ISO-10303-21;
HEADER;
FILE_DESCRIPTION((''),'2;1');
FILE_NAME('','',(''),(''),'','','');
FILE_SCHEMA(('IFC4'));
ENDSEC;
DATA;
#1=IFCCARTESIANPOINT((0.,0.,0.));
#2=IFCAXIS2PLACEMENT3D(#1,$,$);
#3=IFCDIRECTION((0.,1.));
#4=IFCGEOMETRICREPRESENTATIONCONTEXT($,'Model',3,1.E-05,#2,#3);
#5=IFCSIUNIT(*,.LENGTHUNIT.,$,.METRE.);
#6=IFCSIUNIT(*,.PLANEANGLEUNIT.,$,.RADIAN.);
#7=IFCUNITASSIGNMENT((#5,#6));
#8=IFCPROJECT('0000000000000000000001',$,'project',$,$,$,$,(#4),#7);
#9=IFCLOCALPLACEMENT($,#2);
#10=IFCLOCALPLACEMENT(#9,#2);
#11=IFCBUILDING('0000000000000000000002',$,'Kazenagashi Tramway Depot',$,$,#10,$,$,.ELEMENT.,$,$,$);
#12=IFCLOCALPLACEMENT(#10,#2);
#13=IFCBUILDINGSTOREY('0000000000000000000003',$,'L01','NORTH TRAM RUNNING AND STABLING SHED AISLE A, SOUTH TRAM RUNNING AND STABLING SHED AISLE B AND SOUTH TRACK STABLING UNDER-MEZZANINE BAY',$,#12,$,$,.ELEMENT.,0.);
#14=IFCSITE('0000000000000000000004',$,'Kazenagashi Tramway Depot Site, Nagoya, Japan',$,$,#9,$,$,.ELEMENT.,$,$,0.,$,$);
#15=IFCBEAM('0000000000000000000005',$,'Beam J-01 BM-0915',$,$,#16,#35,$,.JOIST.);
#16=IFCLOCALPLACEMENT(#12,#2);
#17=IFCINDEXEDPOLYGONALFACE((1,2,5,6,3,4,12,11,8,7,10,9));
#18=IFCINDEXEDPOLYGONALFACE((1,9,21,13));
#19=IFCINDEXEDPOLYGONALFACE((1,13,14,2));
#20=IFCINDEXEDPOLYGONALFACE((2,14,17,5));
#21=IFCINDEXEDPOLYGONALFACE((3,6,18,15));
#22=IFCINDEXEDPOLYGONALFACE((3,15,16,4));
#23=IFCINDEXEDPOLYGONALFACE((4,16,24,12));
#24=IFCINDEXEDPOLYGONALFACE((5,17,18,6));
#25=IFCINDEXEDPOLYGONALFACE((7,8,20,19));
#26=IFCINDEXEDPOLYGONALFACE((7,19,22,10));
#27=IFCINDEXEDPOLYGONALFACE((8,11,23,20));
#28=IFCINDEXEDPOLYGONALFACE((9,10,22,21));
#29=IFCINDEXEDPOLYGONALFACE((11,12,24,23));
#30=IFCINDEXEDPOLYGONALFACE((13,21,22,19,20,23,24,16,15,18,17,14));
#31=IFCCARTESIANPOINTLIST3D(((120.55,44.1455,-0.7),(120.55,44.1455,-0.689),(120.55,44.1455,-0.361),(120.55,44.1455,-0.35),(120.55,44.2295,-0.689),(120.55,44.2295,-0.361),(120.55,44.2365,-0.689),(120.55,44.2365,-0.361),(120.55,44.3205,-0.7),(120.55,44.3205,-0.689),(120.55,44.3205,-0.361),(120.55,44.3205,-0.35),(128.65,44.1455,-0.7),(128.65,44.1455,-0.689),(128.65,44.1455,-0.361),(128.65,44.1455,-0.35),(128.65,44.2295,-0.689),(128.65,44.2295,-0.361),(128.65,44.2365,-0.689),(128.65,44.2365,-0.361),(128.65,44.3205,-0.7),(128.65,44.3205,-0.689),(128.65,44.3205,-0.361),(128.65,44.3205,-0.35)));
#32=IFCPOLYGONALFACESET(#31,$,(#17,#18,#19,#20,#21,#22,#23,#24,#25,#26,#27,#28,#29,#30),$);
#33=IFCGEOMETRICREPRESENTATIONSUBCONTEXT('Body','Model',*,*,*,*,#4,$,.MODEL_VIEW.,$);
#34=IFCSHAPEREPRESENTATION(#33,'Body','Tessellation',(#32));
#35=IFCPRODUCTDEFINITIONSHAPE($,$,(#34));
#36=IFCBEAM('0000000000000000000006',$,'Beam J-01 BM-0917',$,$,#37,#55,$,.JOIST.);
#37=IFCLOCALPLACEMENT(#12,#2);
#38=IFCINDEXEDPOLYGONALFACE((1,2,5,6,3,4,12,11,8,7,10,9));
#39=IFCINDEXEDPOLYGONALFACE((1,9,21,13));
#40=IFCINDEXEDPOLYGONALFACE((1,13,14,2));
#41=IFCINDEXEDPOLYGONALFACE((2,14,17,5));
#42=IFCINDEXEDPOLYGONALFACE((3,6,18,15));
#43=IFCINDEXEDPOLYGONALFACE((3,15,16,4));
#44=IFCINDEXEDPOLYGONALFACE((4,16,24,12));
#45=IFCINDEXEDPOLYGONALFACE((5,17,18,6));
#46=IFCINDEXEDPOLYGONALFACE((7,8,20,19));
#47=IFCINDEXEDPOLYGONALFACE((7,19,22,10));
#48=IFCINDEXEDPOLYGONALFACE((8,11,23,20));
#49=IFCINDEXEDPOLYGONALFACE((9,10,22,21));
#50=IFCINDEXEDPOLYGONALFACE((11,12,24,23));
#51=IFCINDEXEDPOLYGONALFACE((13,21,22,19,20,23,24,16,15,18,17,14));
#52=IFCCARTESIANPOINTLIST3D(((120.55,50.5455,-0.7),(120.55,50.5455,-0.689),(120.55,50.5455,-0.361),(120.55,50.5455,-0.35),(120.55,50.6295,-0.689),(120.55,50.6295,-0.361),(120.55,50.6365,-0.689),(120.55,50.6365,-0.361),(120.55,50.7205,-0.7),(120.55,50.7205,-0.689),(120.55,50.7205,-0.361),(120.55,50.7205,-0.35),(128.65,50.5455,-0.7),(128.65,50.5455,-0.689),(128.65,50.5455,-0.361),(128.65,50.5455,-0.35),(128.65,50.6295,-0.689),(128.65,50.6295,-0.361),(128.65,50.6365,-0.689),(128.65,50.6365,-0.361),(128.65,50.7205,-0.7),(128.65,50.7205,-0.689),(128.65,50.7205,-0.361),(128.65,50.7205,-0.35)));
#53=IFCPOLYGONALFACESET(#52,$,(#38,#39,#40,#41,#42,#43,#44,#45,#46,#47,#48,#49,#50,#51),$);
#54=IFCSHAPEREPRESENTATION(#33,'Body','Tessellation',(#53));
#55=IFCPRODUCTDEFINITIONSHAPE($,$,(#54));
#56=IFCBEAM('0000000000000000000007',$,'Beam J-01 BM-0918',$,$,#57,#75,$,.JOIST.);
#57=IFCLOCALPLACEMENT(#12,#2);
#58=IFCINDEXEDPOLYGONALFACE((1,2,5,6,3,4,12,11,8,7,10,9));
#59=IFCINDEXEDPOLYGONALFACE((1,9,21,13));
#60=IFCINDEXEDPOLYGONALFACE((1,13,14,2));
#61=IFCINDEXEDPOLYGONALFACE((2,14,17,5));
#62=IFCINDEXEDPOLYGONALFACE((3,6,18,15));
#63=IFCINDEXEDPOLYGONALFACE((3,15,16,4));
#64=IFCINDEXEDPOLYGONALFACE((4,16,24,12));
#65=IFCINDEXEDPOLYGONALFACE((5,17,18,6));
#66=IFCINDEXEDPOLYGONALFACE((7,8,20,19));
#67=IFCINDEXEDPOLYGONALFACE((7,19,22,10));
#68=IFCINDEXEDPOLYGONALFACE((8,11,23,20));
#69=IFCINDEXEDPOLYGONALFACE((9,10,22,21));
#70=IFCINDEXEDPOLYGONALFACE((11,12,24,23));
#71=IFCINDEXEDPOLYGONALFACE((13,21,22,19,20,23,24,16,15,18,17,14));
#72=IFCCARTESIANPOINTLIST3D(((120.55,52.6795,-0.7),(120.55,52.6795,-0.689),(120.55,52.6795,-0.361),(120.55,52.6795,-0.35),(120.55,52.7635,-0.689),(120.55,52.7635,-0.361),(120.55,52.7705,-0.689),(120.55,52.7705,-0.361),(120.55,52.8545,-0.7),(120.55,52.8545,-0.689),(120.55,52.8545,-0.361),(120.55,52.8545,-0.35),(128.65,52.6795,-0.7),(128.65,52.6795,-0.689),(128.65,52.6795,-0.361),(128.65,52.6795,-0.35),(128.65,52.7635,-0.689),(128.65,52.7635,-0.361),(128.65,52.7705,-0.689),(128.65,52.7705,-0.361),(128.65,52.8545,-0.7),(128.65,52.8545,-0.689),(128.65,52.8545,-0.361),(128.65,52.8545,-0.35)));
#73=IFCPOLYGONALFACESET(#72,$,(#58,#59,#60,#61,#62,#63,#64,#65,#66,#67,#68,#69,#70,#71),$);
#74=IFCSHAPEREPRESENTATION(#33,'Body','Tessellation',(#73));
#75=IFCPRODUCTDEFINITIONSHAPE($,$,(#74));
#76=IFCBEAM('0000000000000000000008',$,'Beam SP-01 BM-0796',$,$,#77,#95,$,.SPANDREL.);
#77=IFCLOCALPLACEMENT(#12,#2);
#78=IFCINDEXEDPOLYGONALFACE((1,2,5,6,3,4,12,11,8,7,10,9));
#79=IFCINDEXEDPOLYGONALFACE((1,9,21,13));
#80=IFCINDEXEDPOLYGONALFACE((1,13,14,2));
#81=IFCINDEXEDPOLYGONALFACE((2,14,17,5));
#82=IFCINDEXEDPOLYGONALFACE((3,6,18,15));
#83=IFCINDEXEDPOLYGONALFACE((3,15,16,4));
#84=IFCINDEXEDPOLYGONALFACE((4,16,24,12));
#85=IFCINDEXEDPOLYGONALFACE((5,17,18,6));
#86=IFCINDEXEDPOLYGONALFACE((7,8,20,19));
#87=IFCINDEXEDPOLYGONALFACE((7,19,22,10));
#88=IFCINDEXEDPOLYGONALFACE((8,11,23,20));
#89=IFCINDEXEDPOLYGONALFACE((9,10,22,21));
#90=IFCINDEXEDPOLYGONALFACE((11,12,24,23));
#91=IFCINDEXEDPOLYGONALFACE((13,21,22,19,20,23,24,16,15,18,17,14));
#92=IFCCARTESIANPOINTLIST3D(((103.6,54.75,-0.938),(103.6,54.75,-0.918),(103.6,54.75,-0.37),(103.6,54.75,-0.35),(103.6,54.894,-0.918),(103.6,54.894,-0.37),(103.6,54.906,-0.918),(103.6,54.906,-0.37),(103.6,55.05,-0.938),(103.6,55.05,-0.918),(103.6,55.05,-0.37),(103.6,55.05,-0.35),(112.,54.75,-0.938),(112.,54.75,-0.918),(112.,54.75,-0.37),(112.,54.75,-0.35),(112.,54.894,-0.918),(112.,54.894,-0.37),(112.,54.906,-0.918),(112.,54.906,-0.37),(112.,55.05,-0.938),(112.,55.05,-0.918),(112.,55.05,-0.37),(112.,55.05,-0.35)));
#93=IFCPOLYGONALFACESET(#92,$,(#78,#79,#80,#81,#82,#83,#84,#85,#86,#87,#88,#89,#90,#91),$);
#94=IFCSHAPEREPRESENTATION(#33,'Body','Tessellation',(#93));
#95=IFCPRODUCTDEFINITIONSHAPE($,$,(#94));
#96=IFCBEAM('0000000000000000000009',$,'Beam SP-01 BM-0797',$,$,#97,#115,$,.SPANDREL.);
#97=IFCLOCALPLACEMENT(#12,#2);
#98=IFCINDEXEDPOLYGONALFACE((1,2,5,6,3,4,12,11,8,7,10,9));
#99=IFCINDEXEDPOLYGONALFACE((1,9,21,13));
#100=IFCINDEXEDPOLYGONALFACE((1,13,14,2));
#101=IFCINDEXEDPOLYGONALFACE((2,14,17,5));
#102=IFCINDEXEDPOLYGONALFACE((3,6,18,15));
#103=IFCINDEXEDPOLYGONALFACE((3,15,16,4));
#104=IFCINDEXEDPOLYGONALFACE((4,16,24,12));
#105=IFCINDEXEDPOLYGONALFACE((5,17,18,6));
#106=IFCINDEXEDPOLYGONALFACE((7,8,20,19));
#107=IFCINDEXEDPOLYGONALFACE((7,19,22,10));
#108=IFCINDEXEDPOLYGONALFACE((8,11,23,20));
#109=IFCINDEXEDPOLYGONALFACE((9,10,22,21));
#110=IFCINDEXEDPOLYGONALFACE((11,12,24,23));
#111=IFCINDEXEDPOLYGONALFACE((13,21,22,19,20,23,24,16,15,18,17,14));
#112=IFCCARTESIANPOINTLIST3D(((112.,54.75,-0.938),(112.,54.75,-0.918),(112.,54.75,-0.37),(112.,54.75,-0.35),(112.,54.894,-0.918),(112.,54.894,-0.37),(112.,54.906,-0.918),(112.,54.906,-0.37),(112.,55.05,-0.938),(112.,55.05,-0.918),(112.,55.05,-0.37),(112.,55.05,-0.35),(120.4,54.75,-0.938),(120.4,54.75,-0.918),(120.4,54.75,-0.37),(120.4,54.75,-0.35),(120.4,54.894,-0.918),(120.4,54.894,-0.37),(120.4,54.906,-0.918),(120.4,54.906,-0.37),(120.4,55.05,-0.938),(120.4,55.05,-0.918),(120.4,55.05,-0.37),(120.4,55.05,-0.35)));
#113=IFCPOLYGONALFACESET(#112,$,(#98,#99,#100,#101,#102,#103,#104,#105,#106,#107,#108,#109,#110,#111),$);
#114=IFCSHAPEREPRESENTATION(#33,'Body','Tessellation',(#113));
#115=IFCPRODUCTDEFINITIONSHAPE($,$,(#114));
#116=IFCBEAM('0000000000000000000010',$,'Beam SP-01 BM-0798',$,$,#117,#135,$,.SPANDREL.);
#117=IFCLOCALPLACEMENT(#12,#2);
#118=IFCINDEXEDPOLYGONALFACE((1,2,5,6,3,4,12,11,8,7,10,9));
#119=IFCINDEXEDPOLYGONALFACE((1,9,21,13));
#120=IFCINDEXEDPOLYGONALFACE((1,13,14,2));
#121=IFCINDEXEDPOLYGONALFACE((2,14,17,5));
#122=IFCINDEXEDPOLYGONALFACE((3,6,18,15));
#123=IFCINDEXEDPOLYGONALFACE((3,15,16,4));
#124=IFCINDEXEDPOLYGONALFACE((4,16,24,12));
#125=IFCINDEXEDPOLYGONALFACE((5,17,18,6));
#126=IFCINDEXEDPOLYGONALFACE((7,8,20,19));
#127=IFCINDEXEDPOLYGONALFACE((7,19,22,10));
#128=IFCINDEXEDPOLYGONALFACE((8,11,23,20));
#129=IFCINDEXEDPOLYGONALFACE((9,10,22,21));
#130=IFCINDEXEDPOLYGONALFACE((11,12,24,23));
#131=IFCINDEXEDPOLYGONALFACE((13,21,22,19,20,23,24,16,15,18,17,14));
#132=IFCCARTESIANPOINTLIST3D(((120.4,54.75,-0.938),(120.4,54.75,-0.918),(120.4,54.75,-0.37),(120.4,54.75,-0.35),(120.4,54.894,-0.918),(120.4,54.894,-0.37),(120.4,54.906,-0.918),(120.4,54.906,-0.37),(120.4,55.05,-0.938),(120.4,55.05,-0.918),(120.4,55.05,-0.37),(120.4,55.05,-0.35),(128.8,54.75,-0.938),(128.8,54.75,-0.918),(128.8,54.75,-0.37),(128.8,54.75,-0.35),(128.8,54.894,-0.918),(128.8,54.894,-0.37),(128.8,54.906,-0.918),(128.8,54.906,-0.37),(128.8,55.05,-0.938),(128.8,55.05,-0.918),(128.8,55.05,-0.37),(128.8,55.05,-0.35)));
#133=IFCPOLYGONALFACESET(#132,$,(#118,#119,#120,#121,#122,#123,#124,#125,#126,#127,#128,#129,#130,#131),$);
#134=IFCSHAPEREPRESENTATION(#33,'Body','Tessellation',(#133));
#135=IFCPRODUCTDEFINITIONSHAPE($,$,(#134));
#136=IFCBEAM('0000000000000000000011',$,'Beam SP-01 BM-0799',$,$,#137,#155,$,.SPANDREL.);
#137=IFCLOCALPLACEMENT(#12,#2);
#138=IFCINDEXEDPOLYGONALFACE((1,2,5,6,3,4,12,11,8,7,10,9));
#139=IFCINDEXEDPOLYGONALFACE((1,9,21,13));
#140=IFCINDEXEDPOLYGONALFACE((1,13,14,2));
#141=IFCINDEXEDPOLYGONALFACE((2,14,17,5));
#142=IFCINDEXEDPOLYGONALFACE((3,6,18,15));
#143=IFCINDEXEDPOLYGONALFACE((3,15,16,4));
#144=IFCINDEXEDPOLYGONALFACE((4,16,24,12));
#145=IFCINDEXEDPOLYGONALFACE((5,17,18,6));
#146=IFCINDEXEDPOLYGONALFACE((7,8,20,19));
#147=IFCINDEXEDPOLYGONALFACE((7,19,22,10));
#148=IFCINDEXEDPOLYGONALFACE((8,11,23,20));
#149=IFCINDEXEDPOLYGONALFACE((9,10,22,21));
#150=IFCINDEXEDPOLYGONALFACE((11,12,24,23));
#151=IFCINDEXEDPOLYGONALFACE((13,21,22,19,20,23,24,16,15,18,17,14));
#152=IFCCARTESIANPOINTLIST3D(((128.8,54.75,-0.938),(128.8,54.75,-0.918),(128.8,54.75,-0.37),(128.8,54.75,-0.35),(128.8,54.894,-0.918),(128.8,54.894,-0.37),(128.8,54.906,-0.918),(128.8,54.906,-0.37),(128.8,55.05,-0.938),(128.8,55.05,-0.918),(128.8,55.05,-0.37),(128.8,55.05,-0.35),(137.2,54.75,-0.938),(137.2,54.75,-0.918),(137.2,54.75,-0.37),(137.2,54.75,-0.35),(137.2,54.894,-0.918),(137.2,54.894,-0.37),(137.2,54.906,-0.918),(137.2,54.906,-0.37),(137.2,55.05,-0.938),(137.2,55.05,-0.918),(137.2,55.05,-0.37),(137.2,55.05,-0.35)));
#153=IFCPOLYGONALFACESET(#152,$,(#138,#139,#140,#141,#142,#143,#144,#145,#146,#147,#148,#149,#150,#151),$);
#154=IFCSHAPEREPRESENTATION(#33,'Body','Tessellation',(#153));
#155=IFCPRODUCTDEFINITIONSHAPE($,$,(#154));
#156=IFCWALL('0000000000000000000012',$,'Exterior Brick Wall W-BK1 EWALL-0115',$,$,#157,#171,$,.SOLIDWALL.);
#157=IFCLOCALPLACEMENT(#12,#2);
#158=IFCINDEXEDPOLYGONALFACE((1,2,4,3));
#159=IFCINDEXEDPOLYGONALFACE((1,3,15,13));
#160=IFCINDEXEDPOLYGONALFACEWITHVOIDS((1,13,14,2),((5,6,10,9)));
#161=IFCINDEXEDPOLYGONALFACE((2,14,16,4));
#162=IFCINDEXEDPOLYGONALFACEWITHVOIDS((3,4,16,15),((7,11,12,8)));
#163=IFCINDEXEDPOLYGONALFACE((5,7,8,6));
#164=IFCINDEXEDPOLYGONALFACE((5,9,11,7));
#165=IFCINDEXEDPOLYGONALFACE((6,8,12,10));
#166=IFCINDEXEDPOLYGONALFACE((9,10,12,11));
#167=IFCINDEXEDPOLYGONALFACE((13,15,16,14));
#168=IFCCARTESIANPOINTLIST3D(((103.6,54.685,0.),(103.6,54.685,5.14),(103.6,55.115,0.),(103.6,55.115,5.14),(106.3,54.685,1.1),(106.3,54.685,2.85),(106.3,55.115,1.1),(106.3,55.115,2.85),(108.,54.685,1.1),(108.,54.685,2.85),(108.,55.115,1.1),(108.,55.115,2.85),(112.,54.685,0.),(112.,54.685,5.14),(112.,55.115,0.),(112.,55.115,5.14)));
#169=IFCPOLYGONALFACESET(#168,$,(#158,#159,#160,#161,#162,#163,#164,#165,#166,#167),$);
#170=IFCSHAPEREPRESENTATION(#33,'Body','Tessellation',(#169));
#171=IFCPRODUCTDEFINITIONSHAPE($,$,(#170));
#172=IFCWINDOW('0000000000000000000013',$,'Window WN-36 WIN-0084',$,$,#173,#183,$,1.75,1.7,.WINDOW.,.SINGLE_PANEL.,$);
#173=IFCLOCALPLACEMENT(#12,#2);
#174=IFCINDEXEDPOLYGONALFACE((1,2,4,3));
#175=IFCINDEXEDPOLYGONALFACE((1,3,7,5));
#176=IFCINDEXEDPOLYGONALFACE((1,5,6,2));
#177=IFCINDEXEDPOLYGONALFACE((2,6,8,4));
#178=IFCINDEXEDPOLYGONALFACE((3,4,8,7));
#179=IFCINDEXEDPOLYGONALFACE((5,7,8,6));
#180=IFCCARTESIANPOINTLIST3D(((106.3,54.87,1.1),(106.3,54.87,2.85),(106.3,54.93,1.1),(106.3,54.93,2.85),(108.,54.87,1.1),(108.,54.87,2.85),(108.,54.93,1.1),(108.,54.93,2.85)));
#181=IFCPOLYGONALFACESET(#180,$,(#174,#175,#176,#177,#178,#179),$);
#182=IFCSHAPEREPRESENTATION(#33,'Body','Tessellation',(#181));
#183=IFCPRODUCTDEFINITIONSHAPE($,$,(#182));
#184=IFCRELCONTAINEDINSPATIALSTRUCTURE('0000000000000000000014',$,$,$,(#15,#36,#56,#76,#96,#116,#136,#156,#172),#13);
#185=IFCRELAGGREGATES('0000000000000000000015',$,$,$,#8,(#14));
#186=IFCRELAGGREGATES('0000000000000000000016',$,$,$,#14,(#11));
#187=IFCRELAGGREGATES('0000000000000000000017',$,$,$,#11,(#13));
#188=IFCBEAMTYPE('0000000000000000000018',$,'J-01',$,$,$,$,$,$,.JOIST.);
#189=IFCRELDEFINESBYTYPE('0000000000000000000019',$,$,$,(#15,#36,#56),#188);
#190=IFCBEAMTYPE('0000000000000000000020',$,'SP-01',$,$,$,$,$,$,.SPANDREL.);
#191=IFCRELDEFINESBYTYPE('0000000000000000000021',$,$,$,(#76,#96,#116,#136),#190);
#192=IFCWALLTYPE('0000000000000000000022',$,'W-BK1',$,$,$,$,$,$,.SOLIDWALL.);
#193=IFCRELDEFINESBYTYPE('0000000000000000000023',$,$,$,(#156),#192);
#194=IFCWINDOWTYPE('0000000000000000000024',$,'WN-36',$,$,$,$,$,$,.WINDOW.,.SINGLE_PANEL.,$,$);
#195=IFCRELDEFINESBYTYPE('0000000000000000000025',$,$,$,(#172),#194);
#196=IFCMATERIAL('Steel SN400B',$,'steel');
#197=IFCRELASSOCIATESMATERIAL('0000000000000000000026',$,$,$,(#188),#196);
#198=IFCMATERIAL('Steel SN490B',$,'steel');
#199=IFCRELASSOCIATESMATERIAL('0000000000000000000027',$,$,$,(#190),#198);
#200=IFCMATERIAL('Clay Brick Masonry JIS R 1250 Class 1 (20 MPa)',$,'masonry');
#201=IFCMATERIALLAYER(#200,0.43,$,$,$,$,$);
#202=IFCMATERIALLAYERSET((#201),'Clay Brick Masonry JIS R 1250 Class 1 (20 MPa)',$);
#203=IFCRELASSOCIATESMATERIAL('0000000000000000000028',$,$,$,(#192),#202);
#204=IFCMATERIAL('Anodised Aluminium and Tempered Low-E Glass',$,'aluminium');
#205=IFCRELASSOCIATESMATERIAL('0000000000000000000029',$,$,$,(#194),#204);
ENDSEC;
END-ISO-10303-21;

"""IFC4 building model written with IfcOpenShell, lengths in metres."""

from ifc_helpers import new_model, si_unit, direction, frame, frame_2d, origin, origin_2d, place, context, subcontext, project, spatial, rectangle, i_section, extrude, material, layer, layer_set, material_profile, profile_set, type_object, element, fill, save


model = new_model("IFC4")

# Units and contexts
model_context = context("Model", 3, precision=1e-05, world=origin(), true_north=direction((0.0, 1.0)))
body_context = subcontext(model_context, "Body", "Model", "MODEL_VIEW")
ifc_project = project(units=[si_unit("LENGTHUNIT", "METRE"), si_unit("PLANEANGLEUNIT", "RADIAN")], contexts=[model_context])

# Site, building, storey
site_placement = place(None, origin())
site = spatial("IfcSite", under=ifc_project, at=site_placement, Name="Kazenagashi Tramway Depot Site, Nagoya, Japan", CompositionType="ELEMENT", RefElevation=0.0)
building_placement = place(site_placement, origin())
building = spatial("IfcBuilding", under=site, at=building_placement, Name="Kazenagashi Tramway Depot", CompositionType="ELEMENT")
storey_placement = place(building_placement, origin())
storey = spatial("IfcBuildingStorey", under=building, at=storey_placement, Name="L01", Description="NORTH TRAM RUNNING AND STABLING SHED AISLE A, SOUTH TRAM RUNNING AND STABLING SHED AISLE B AND SOUTH TRACK STABLING UNDER-MEZZANINE BAY", CompositionType="ELEMENT", Elevation=0.0)

# Shared definitions
ifc_material_1 = material(Name="Steel SN490B", Category="steel")

# Beams
ifc_material_2 = material(Name="Steel SN400B", Category="steel")
ifc_material_profile_1 = material_profile(ifc_material_2, i_section(OverallWidth=0.175, OverallDepth=0.35, WebThickness=0.007, FlangeThickness=0.011, at=origin_2d()), Name="H-350x175x7x11")
ifc_profile_set_1 = profile_set([ifc_material_profile_1], Name="Steel SN400B")
beam_type_1 = type_object("IfcBeamType", Name="J-01", PredefinedType="JOIST", material=ifc_profile_set_1)
for number, where, z_axis, x_axis, name in (
    (1, (120.55, 44.233, -0.525), (1.0, 0.0, 0.0), (0.0, 1.0, 0.0), "Beam J-01 BM-0915"),
    (2, (120.55, 50.633, -0.525), (1.0, 0.0, 0.0), (0.0, 1.0, 0.0), "Beam J-01 BM-0917"),
    (3, (120.55, 52.767, -0.525), (1.0, 0.0, 0.0), (0.0, 1.0, 0.0), "Beam J-01 BM-0918"),
):
    element("IfcBeam", number, at=place(storey_placement, frame(where, z_axis=z_axis, x_axis=x_axis)), inside=storey, type_object=beam_type_1, Name=name, PredefinedType="JOIST", context=body_context, shape_type="SweptSolid", body=[
        extrude(i_section(OverallWidth=0.175, OverallDepth=0.35, WebThickness=0.007, FlangeThickness=0.011, at=origin_2d()), origin(), (0.0, 0.0, 1.0), 8.1),
    ])
ifc_material_profile_2 = material_profile(ifc_material_1, i_section(OverallWidth=0.3, OverallDepth=0.588, WebThickness=0.012, FlangeThickness=0.02, at=origin_2d()), Name="H-588x300x12x20")
ifc_profile_set_2 = profile_set([ifc_material_profile_2], Name="Steel SN490B")
beam_type_2 = type_object("IfcBeamType", Name="SP-01", PredefinedType="SPANDREL", material=ifc_profile_set_2)
for number, where, z_axis, x_axis, name in (
    (4, (103.6, 54.9, -0.644), (1.0, 0.0, 0.0), (0.0, 1.0, 0.0), "Beam SP-01 BM-0796"),
    (5, (112.0, 54.9, -0.644), (1.0, 0.0, 0.0), (0.0, 1.0, 0.0), "Beam SP-01 BM-0797"),
    (6, (120.4, 54.9, -0.644), (1.0, 0.0, 0.0), (0.0, 1.0, 0.0), "Beam SP-01 BM-0798"),
    (7, (128.8, 54.9, -0.644), (1.0, 0.0, 0.0), (0.0, 1.0, 0.0), "Beam SP-01 BM-0799"),
):
    element("IfcBeam", number, at=place(storey_placement, frame(where, z_axis=z_axis, x_axis=x_axis)), inside=storey, type_object=beam_type_2, Name=name, PredefinedType="SPANDREL", context=body_context, shape_type="SweptSolid", body=[
        extrude(i_section(OverallWidth=0.3, OverallDepth=0.588, WebThickness=0.012, FlangeThickness=0.02, at=origin_2d()), origin(), (0.0, 0.0, 1.0), 8.4),
    ])

# Wall, opening, window
ifc_material_3 = material(Name="Clay Brick Masonry JIS R 1250 Class 1 (20 MPa)", Category="masonry")
ifc_layer = layer(ifc_material_3, 0.43)
ifc_layer_set = layer_set([ifc_layer], Name="Clay Brick Masonry JIS R 1250 Class 1 (20 MPa)")
wall_type = type_object("IfcWallType", Name="W-BK1", PredefinedType="SOLIDWALL", material=ifc_layer_set)
wall_1_placement = place(storey_placement, frame((103.6, 54.9, 0.0), z_axis=(0.0, 0.0, 1.0), x_axis=(1.0, 0.0, 0.0)))
wall_1 = element("IfcWall", 8, at=wall_1_placement, inside=storey, type_object=wall_type, Name="Exterior Brick Wall W-BK1 EWALL-0115", PredefinedType="SOLIDWALL", context=body_context, shape_type="SweptSolid", body=[
    extrude(rectangle(XDim=8.4, YDim=0.43, at=frame_2d((4.2, 0.0))), origin(), (0.0, 0.0, 1.0), 5.14),
])
opening_1_placement = place(wall_1_placement, frame((2.7, 0.0, 1.1)))
opening_1 = element("IfcOpeningElement", 9, at=opening_1_placement, cuts=wall_1, PredefinedType="OPENING", context=body_context, shape_type="SweptSolid", body=[
    extrude(rectangle(XDim=1.7, YDim=1.75, at=frame_2d((0.85, 0.875))), frame((0.0, 0.225, 0.0), z_axis=(0.0, -1.0, 0.0), x_axis=(1.0, 0.0, 0.0)), (0.0, 0.0, 1.0), 0.45),
])
ifc_material_4 = material(Name="Anodised Aluminium and Tempered Low-E Glass", Category="aluminium")
window_type_1 = type_object("IfcWindowType", Name="WN-36", PartitioningType="SINGLE_PANEL", PredefinedType="WINDOW", material=ifc_material_4)
window_1_placement = place(opening_1_placement, origin())
window_1 = element("IfcWindow", 10, at=window_1_placement, inside=storey, type_object=window_type_1, Name="Window WN-36 WIN-0084", OverallHeight=1.75, OverallWidth=1.7, PartitioningType="SINGLE_PANEL", PredefinedType="WINDOW", context=body_context, shape_type="SweptSolid", body=[
    extrude(rectangle(XDim=1.7, YDim=1.75, at=frame_2d((0.85, 0.875))), frame((0.0, 0.03, 0.0), z_axis=(0.0, -1.0, 0.0), x_axis=(1.0, 0.0, 0.0)), (0.0, 0.0, 1.0), 0.06),
])
fill(opening_1, window_1)

save(model, "model.ifc")
